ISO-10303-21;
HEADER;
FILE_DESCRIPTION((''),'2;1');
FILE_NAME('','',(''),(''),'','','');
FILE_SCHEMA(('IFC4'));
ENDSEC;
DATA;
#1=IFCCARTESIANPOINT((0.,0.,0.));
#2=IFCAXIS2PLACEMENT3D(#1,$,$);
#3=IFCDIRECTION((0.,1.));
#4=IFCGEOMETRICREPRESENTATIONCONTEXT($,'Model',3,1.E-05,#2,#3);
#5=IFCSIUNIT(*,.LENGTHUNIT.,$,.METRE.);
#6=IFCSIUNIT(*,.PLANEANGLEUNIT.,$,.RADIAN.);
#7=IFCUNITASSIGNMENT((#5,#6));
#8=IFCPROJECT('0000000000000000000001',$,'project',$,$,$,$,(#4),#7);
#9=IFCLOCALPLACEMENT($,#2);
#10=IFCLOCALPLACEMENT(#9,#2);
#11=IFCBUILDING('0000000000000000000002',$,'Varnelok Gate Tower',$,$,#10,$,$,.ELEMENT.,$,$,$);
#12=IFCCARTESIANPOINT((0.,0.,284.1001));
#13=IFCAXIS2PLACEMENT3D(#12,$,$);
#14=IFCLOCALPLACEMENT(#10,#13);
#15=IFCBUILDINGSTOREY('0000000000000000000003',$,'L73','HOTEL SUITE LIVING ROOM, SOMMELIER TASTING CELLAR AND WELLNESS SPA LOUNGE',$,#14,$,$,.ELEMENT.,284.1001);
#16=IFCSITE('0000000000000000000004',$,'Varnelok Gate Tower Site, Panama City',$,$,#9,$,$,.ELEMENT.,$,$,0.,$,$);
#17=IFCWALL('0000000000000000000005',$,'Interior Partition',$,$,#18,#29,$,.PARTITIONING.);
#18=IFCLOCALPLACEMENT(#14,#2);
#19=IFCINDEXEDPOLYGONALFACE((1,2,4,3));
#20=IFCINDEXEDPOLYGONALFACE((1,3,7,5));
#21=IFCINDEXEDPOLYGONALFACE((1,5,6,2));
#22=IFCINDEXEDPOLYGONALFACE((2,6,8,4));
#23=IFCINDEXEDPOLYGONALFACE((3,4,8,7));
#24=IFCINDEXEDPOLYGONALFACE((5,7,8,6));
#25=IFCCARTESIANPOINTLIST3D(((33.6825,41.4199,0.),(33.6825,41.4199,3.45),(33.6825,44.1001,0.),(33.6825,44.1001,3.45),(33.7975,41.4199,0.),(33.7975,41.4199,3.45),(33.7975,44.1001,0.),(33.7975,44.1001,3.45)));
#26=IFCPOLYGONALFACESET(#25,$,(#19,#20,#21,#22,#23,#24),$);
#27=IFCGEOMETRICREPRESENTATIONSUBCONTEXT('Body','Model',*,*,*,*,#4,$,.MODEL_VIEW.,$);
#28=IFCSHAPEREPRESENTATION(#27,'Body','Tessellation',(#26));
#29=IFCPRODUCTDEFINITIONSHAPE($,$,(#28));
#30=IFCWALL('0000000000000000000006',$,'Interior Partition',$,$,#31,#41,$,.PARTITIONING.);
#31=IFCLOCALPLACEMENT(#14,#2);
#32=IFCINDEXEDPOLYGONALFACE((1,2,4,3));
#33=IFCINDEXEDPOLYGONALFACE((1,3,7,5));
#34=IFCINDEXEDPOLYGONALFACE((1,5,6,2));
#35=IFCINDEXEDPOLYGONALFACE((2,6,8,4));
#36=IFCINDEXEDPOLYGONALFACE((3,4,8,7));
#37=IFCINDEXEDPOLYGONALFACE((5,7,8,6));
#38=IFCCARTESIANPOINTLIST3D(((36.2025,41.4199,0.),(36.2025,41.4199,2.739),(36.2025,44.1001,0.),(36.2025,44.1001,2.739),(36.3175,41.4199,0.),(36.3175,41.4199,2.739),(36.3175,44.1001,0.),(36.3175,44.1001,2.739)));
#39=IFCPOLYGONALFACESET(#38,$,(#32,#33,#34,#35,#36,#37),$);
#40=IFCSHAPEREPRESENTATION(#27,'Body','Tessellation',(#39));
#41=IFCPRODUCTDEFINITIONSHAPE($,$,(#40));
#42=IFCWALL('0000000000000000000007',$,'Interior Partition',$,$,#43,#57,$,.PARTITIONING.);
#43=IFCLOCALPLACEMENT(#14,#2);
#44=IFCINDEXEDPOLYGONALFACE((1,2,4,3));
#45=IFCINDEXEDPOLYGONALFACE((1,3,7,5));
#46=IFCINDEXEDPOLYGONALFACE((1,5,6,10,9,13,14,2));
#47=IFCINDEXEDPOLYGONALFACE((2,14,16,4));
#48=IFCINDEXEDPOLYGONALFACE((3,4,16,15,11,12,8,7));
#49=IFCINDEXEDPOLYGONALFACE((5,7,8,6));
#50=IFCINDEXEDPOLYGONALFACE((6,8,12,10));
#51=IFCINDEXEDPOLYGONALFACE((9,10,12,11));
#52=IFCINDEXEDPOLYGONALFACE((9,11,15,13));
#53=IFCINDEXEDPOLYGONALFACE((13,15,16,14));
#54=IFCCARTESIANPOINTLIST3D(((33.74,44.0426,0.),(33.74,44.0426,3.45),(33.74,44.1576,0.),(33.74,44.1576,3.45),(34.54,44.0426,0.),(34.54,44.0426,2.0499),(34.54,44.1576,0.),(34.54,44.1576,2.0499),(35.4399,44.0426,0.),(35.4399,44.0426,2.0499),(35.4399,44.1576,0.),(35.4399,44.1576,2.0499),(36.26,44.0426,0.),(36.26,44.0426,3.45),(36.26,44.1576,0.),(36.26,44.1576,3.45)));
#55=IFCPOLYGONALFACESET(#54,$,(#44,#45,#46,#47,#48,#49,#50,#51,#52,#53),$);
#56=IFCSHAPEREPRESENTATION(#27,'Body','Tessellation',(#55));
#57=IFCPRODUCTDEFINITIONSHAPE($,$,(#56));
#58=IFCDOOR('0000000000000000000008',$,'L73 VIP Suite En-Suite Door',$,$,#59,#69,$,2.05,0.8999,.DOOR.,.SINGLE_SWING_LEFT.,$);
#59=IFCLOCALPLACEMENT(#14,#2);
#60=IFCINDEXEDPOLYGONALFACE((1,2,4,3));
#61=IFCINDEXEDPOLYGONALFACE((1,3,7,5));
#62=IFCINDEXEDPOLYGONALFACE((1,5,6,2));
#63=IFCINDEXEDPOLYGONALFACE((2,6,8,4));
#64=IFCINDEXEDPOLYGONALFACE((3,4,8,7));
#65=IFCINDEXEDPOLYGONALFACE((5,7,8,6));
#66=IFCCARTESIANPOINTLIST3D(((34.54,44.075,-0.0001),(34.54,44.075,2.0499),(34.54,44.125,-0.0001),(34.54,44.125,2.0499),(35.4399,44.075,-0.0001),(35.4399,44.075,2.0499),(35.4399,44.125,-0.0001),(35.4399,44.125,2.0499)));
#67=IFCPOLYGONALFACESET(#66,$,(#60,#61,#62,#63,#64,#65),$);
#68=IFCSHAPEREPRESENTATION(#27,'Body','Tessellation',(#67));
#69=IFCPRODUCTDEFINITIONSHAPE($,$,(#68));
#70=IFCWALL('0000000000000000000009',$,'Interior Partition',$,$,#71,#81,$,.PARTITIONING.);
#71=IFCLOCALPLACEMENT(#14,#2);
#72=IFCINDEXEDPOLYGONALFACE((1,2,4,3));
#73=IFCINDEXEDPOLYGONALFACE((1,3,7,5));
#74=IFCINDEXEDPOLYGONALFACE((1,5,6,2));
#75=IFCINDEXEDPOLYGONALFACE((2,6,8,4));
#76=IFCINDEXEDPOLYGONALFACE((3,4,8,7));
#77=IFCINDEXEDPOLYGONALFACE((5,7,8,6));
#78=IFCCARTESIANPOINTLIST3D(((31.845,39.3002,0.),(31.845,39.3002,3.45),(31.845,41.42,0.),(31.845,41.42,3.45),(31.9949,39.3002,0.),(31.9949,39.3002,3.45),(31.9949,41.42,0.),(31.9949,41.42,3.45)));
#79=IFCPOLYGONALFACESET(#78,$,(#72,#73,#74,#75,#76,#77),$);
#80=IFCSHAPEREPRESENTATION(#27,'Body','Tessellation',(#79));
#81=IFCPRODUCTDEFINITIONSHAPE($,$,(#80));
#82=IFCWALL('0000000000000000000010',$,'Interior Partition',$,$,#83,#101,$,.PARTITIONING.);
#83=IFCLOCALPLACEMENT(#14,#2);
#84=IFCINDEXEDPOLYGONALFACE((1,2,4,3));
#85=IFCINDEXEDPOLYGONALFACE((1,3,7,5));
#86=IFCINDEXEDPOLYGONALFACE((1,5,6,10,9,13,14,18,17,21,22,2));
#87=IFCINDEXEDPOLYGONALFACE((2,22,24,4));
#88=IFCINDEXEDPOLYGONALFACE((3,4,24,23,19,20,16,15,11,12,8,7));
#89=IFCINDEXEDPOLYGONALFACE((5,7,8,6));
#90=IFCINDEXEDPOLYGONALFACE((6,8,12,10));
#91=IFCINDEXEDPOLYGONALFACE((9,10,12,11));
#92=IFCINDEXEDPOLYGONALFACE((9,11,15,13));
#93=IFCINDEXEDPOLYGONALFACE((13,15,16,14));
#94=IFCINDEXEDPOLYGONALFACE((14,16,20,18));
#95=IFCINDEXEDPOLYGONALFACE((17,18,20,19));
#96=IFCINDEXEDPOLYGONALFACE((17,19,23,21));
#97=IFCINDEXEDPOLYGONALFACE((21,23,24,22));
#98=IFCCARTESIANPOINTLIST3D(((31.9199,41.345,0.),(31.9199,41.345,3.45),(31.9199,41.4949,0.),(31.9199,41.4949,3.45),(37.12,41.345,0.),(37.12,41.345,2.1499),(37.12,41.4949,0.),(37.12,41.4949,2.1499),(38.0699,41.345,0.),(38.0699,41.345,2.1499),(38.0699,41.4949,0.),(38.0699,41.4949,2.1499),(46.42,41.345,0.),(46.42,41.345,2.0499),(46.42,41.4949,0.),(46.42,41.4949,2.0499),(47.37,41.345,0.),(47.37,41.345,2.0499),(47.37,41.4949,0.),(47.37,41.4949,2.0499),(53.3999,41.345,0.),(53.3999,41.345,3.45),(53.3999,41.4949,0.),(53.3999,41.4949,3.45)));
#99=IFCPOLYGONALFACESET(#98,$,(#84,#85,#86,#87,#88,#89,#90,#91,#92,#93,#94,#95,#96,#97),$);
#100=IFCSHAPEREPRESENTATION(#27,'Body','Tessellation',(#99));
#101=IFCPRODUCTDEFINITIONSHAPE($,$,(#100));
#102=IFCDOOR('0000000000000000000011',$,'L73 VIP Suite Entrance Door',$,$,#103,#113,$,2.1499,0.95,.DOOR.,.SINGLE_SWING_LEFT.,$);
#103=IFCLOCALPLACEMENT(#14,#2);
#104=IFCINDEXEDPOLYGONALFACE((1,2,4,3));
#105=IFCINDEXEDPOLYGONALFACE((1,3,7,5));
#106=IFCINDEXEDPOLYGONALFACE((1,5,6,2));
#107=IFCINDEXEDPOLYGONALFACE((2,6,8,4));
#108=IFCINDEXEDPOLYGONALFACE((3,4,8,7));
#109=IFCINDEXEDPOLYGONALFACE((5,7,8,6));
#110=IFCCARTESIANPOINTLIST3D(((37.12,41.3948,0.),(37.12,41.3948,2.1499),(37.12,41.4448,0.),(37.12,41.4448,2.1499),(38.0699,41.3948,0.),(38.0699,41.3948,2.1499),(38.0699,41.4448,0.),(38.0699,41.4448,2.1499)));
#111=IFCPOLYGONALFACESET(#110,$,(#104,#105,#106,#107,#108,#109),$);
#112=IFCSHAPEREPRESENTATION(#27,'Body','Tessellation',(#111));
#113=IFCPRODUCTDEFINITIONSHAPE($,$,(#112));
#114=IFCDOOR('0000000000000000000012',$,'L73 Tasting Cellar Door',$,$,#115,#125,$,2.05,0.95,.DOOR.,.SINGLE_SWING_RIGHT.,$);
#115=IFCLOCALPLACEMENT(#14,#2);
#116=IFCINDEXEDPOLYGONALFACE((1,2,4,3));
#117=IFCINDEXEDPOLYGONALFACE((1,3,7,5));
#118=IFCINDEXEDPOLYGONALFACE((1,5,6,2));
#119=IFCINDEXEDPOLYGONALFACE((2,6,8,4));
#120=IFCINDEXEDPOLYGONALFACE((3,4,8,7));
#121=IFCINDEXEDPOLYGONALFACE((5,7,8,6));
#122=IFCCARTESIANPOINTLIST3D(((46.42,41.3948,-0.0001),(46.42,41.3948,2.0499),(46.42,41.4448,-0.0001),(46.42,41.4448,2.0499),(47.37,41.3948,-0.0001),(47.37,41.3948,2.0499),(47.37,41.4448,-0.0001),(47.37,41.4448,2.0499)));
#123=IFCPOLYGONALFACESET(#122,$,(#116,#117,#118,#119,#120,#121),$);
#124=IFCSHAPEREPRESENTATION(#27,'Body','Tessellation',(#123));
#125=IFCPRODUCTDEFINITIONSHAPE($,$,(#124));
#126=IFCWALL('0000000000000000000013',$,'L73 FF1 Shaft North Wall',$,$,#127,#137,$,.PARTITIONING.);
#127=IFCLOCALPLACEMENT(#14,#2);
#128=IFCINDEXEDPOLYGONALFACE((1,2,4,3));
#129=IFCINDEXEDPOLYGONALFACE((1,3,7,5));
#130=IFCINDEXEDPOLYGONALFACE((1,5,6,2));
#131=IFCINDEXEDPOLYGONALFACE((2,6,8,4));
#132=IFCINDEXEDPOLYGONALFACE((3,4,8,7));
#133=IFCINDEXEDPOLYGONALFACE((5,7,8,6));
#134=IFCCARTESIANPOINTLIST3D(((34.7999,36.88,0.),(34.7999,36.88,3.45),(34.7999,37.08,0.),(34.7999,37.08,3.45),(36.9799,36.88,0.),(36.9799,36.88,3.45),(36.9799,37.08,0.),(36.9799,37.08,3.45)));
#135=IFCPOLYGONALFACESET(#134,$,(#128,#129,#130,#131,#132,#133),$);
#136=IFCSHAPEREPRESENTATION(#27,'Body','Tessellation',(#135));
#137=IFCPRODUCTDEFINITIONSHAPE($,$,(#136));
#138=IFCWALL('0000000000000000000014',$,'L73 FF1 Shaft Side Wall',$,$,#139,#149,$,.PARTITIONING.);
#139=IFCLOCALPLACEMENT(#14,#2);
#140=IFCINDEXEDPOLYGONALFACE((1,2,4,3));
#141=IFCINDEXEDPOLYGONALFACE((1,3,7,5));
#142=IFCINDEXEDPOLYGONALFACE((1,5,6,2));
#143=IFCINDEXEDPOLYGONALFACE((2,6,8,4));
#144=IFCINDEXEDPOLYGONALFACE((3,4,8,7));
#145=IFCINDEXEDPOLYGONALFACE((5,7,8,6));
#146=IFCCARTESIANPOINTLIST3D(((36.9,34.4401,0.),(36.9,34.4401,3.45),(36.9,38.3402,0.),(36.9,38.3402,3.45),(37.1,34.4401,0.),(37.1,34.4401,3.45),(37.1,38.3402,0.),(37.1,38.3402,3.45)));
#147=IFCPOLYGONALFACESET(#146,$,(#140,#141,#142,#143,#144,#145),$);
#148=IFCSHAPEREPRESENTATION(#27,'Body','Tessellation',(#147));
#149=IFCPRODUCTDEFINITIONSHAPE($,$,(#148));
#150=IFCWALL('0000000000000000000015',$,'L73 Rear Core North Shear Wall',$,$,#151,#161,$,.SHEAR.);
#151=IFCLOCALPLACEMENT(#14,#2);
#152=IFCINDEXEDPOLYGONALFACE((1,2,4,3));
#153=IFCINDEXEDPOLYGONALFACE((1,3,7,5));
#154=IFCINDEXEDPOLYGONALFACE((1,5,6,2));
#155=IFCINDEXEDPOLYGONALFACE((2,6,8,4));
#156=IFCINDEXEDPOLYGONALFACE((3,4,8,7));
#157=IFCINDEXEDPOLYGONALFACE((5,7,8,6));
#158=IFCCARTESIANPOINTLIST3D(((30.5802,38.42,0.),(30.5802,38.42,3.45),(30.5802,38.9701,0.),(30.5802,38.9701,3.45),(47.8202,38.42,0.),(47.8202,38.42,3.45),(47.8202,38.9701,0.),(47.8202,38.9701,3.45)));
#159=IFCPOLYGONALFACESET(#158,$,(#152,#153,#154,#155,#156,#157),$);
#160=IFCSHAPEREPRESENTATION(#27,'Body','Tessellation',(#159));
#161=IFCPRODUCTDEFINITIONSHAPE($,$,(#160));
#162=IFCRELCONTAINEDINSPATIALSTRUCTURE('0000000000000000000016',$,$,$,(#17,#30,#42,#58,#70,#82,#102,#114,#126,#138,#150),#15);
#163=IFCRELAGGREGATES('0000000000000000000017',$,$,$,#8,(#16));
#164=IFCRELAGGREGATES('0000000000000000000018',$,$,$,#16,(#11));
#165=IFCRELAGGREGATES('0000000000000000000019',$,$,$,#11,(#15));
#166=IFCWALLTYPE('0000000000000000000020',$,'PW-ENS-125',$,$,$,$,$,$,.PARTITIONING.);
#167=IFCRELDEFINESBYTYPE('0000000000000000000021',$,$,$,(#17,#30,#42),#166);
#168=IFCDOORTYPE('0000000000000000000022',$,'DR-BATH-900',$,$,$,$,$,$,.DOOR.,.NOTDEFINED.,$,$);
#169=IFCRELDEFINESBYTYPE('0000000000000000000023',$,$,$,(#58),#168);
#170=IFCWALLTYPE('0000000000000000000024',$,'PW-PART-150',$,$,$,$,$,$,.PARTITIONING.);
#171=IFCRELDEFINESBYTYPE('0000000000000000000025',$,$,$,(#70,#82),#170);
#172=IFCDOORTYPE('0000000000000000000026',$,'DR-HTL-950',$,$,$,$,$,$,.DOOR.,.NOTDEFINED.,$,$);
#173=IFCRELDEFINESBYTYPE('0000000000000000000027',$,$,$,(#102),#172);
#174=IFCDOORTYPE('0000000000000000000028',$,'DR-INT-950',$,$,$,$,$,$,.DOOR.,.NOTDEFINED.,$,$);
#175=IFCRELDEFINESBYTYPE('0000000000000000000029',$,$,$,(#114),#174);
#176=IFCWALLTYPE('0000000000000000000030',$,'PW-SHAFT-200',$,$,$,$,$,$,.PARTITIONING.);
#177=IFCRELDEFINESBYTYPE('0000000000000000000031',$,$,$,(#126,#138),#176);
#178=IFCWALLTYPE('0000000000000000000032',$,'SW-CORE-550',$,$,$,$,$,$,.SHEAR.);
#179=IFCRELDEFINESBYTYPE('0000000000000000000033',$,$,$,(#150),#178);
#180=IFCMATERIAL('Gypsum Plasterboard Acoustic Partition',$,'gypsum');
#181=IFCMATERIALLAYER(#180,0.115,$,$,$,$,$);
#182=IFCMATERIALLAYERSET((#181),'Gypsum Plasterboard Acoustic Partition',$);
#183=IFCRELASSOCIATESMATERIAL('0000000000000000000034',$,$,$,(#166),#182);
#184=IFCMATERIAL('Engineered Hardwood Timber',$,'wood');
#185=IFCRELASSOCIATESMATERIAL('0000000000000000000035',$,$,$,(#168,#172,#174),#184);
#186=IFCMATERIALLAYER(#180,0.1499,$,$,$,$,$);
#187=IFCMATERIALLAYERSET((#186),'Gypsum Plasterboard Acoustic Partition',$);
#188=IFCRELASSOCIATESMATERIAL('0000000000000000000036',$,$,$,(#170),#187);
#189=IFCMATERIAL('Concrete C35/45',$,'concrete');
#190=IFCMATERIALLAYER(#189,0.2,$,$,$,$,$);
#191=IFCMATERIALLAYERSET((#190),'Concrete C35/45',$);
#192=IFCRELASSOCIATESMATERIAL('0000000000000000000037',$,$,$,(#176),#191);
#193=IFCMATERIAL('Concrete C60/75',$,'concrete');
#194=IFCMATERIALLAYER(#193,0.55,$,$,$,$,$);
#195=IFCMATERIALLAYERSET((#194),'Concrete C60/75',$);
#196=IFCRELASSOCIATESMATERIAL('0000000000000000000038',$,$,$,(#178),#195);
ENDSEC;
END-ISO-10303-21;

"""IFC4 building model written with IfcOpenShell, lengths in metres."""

from ifc_helpers import new_model, si_unit, direction, frame, frame_2d, origin, place, context, subcontext, project, spatial, rectangle, extrude, material, layer, layer_set, type_object, element, fill, save


model = new_model("IFC4")

# Units and contexts
model_context = context("Model", 3, precision=1e-05, world=origin(), true_north=direction((0.0, 1.0)))
body_context = subcontext(model_context, "Body", "Model", "MODEL_VIEW")
ifc_project = project(units=[si_unit("LENGTHUNIT", "METRE"), si_unit("PLANEANGLEUNIT", "RADIAN")], contexts=[model_context])

# Site, building, storey
site_placement = place(None, origin())
site = spatial("IfcSite", under=ifc_project, at=site_placement, Name="Varnelok Gate Tower Site, Panama City", CompositionType="ELEMENT", RefElevation=0.0)
building_placement = place(site_placement, origin())
building = spatial("IfcBuilding", under=site, at=building_placement, Name="Varnelok Gate Tower", CompositionType="ELEMENT")
storey_placement = place(building_placement, frame((0.0, 0.0, 284.1001)))
storey = spatial("IfcBuildingStorey", under=building, at=storey_placement, Name="L73", Description="HOTEL SUITE LIVING ROOM, SOMMELIER TASTING CELLAR AND WELLNESS SPA LOUNGE", CompositionType="ELEMENT", Elevation=284.1001)

# Walls
ifc_material_1 = material(Name="Gypsum Plasterboard Acoustic Partition", Category="gypsum")
ifc_layer_1 = layer(ifc_material_1, 0.115)
ifc_layer_set_1 = layer_set([ifc_layer_1], Name="Gypsum Plasterboard Acoustic Partition")
wall_type_1 = type_object("IfcWallType", Name="PW-ENS-125", PredefinedType="PARTITIONING", material=ifc_layer_set_1)
wall_1_placement = place(storey_placement, frame((33.74, 41.4199, 0.0), z_axis=(0.0, 0.0, 1.0), x_axis=(0.0, 1.0, 0.0)))
element("IfcWall", 1, at=wall_1_placement, inside=storey, type_object=wall_type_1, Name="Interior Partition", PredefinedType="PARTITIONING", context=body_context, shape_type="SweptSolid", body=[
    extrude(rectangle(XDim=2.6802, YDim=0.115, at=frame_2d((1.3401, 0.0))), origin(), (0.0, 0.0, 1.0), 3.45),
])
wall_2_placement = place(storey_placement, frame((36.26, 41.4199, 0.0), z_axis=(0.0, 0.0, 1.0), x_axis=(0.0, 1.0, 0.0)))
element("IfcWall", 2, at=wall_2_placement, inside=storey, type_object=wall_type_1, Name="Interior Partition", PredefinedType="PARTITIONING", context=body_context, shape_type="SweptSolid", body=[
    extrude(rectangle(XDim=2.6802, YDim=0.115, at=frame_2d((1.3401, 0.0))), origin(), (0.0, 0.0, 1.0), 2.739),
])

# Wall, opening, door
wall_3_placement = place(storey_placement, frame((33.74, 44.1001, 0.0), z_axis=(0.0, 0.0, 1.0), x_axis=(1.0, 0.0, 0.0)))
wall_3 = element("IfcWall", 3, at=wall_3_placement, inside=storey, type_object=wall_type_1, Name="Interior Partition", PredefinedType="PARTITIONING", context=body_context, shape_type="SweptSolid", body=[
    extrude(rectangle(XDim=2.52, YDim=0.115, at=frame_2d((1.26, 0.0))), origin(), (0.0, 0.0, 1.0), 3.45),
])
opening_1_placement = place(wall_3_placement, frame((0.8, 0.0, 0.0)))
opening_1 = element("IfcOpeningElement", 4, at=opening_1_placement, cuts=wall_3, PredefinedType="OPENING", context=body_context, shape_type="SweptSolid", body=[
    extrude(rectangle(XDim=0.8999, YDim=2.05, at=frame_2d((0.45, 1.0249))), frame((0.0, 0.0674, 0.0), z_axis=(0.0, -1.0, 0.0), x_axis=(1.0, 0.0, 0.0)), (0.0, 0.0, 1.0), 0.135),
])
ifc_material_2 = material(Name="Engineered Hardwood Timber", Category="wood")
door_type_1 = type_object("IfcDoorType", Name="DR-BATH-900", OperationType="NOTDEFINED", PredefinedType="DOOR", material=ifc_material_2)
door_1_placement = place(opening_1_placement, origin())
door_1 = element("IfcDoor", 5, at=door_1_placement, inside=storey, type_object=door_type_1, Name="L73 VIP Suite En-Suite Door", OperationType="SINGLE_SWING_LEFT", OverallHeight=2.05, OverallWidth=0.8999, PredefinedType="DOOR", context=body_context, shape_type="SweptSolid", body=[
    extrude(rectangle(XDim=0.8999, YDim=2.05, at=frame_2d((0.45, 1.0249))), frame((0.0, 0.0249, 0.0), z_axis=(0.0, -1.0, 0.0), x_axis=(1.0, 0.0, 0.0)), (0.0, 0.0, 1.0), 0.05),
])
fill(opening_1, door_1)

# Wall
ifc_layer_2 = layer(ifc_material_1, 0.1499)
ifc_layer_set_2 = layer_set([ifc_layer_2], Name="Gypsum Plasterboard Acoustic Partition")
wall_type_2 = type_object("IfcWallType", Name="PW-PART-150", PredefinedType="PARTITIONING", material=ifc_layer_set_2)
wall_4_placement = place(storey_placement, frame((31.9199, 39.3, 0.0), z_axis=(0.0, 0.0, 1.0), x_axis=(0.0, 1.0, 0.0)))
element("IfcWall", 6, at=wall_4_placement, inside=storey, type_object=wall_type_2, Name="Interior Partition", PredefinedType="PARTITIONING", context=body_context, shape_type="SweptSolid", body=[
    extrude(rectangle(XDim=2.1199, YDim=0.1499, at=frame_2d((1.0601, 0.0))), origin(), (0.0, 0.0, 1.0), 3.45),
])

# Wall, openings, doors
wall_5_placement = place(storey_placement, frame((31.9199, 41.4199, 0.0), z_axis=(0.0, 0.0, 1.0), x_axis=(1.0, 0.0, 0.0)))
wall_5 = element("IfcWall", 7, at=wall_5_placement, inside=storey, type_object=wall_type_2, Name="Interior Partition", PredefinedType="PARTITIONING", context=body_context, shape_type="SweptSolid", body=[
    extrude(rectangle(XDim=21.48, YDim=0.1499, at=frame_2d((10.74, 0.0))), origin(), (0.0, 0.0, 1.0), 3.45),
])
opening_2_placement = place(wall_5_placement, frame((5.2, 0.0, 0.0)))
opening_2 = element("IfcOpeningElement", 8, at=opening_2_placement, cuts=wall_5, PredefinedType="OPENING", context=body_context, shape_type="SweptSolid", body=[
    extrude(rectangle(XDim=0.95, YDim=2.1499, at=frame_2d((0.4751, 1.075))), frame((0.0, 0.085, 0.0), z_axis=(0.0, -1.0, 0.0), x_axis=(1.0, 0.0, 0.0)), (0.0, 0.0, 1.0), 0.1699),
])
opening_3_placement = place(wall_5_placement, frame((14.5, 0.0, 0.0)))
opening_3 = element("IfcOpeningElement", 9, at=opening_3_placement, cuts=wall_5, PredefinedType="OPENING", context=body_context, shape_type="SweptSolid", body=[
    extrude(rectangle(XDim=0.95, YDim=2.05, at=frame_2d((0.4751, 1.0249))), frame((0.0, 0.085, 0.0), z_axis=(0.0, -1.0, 0.0), x_axis=(1.0, 0.0, 0.0)), (0.0, 0.0, 1.0), 0.1699),
])
door_type_2 = type_object("IfcDoorType", Name="DR-HTL-950", OperationType="NOTDEFINED", PredefinedType="DOOR", material=ifc_material_2)
door_2_placement = place(opening_2_placement, origin())
door_2 = element("IfcDoor", 10, at=door_2_placement, inside=storey, type_object=door_type_2, Name="L73 VIP Suite Entrance Door", OperationType="SINGLE_SWING_LEFT", OverallHeight=2.1499, OverallWidth=0.95, PredefinedType="DOOR", context=body_context, shape_type="SweptSolid", body=[
    extrude(rectangle(XDim=0.95, YDim=2.1499, at=frame_2d((0.4751, 1.075))), frame((0.0, 0.0249, 0.0), z_axis=(0.0, -1.0, 0.0), x_axis=(1.0, 0.0, 0.0)), (0.0, 0.0, 1.0), 0.05),
])
fill(opening_2, door_2)
door_type_3 = type_object("IfcDoorType", Name="DR-INT-950", OperationType="NOTDEFINED", PredefinedType="DOOR", material=ifc_material_2)
door_3_placement = place(opening_3_placement, origin())
door_3 = element("IfcDoor", 11, at=door_3_placement, inside=storey, type_object=door_type_3, Name="L73 Tasting Cellar Door", OperationType="SINGLE_SWING_RIGHT", OverallHeight=2.05, OverallWidth=0.95, PredefinedType="DOOR", context=body_context, shape_type="SweptSolid", body=[
    extrude(rectangle(XDim=0.95, YDim=2.05, at=frame_2d((0.4751, 1.0249))), frame((0.0, 0.0249, 0.0), z_axis=(0.0, -1.0, 0.0), x_axis=(1.0, 0.0, 0.0)), (0.0, 0.0, 1.0), 0.05),
])
fill(opening_3, door_3)

# Walls
ifc_material_3 = material(Name="Concrete C35/45", Category="concrete")
ifc_layer_3 = layer(ifc_material_3, 0.2)
ifc_layer_set_3 = layer_set([ifc_layer_3], Name="Concrete C35/45")
wall_type_3 = type_object("IfcWallType", Name="PW-SHAFT-200", PredefinedType="PARTITIONING", material=ifc_layer_set_3)
wall_6_placement = place(storey_placement, frame((34.8, 36.98, 0.0), z_axis=(0.0, 0.0, 1.0), x_axis=(1.0, 0.0, 0.0)))
element("IfcWall", 12, at=wall_6_placement, inside=storey, type_object=wall_type_3, Name="L73 FF1 Shaft North Wall", PredefinedType="PARTITIONING", context=body_context, shape_type="SweptSolid", body=[
    extrude(rectangle(XDim=2.1799, YDim=0.2, at=frame_2d((1.0898, 0.0))), origin(), (0.0, 0.0, 1.0), 3.45),
])
wall_7_placement = place(storey_placement, frame((37.0, 34.4399, 0.0), z_axis=(0.0, 0.0, 1.0), x_axis=(0.0, 1.0, 0.0)))
element("IfcWall", 13, at=wall_7_placement, inside=storey, type_object=wall_type_3, Name="L73 FF1 Shaft Side Wall", PredefinedType="PARTITIONING", context=body_context, shape_type="SweptSolid", body=[
    extrude(rectangle(XDim=3.9001, YDim=0.2, at=frame_2d((1.9502, 0.0))), origin(), (0.0, 0.0, 1.0), 3.45),
])
ifc_material_4 = material(Name="Concrete C60/75", Category="concrete")
ifc_layer_4 = layer(ifc_material_4, 0.55)
ifc_layer_set_4 = layer_set([ifc_layer_4], Name="Concrete C60/75")
wall_type_4 = type_object("IfcWallType", Name="SW-CORE-550", PredefinedType="SHEAR", material=ifc_layer_set_4)
wall_8_placement = place(storey_placement, frame((30.5801, 38.6951, 0.0), z_axis=(0.0, 0.0, 1.0), x_axis=(1.0, 0.0, 0.0)))
element("IfcWall", 14, at=wall_8_placement, inside=storey, type_object=wall_type_4, Name="L73 Rear Core North Shear Wall", PredefinedType="SHEAR", context=body_context, shape_type="SweptSolid", body=[
    extrude(rectangle(XDim=17.24, YDim=0.55, at=frame_2d((8.6201, 0.0))), origin(), (0.0, 0.0, 1.0), 3.45),
])

save(model, "model.ifc")
